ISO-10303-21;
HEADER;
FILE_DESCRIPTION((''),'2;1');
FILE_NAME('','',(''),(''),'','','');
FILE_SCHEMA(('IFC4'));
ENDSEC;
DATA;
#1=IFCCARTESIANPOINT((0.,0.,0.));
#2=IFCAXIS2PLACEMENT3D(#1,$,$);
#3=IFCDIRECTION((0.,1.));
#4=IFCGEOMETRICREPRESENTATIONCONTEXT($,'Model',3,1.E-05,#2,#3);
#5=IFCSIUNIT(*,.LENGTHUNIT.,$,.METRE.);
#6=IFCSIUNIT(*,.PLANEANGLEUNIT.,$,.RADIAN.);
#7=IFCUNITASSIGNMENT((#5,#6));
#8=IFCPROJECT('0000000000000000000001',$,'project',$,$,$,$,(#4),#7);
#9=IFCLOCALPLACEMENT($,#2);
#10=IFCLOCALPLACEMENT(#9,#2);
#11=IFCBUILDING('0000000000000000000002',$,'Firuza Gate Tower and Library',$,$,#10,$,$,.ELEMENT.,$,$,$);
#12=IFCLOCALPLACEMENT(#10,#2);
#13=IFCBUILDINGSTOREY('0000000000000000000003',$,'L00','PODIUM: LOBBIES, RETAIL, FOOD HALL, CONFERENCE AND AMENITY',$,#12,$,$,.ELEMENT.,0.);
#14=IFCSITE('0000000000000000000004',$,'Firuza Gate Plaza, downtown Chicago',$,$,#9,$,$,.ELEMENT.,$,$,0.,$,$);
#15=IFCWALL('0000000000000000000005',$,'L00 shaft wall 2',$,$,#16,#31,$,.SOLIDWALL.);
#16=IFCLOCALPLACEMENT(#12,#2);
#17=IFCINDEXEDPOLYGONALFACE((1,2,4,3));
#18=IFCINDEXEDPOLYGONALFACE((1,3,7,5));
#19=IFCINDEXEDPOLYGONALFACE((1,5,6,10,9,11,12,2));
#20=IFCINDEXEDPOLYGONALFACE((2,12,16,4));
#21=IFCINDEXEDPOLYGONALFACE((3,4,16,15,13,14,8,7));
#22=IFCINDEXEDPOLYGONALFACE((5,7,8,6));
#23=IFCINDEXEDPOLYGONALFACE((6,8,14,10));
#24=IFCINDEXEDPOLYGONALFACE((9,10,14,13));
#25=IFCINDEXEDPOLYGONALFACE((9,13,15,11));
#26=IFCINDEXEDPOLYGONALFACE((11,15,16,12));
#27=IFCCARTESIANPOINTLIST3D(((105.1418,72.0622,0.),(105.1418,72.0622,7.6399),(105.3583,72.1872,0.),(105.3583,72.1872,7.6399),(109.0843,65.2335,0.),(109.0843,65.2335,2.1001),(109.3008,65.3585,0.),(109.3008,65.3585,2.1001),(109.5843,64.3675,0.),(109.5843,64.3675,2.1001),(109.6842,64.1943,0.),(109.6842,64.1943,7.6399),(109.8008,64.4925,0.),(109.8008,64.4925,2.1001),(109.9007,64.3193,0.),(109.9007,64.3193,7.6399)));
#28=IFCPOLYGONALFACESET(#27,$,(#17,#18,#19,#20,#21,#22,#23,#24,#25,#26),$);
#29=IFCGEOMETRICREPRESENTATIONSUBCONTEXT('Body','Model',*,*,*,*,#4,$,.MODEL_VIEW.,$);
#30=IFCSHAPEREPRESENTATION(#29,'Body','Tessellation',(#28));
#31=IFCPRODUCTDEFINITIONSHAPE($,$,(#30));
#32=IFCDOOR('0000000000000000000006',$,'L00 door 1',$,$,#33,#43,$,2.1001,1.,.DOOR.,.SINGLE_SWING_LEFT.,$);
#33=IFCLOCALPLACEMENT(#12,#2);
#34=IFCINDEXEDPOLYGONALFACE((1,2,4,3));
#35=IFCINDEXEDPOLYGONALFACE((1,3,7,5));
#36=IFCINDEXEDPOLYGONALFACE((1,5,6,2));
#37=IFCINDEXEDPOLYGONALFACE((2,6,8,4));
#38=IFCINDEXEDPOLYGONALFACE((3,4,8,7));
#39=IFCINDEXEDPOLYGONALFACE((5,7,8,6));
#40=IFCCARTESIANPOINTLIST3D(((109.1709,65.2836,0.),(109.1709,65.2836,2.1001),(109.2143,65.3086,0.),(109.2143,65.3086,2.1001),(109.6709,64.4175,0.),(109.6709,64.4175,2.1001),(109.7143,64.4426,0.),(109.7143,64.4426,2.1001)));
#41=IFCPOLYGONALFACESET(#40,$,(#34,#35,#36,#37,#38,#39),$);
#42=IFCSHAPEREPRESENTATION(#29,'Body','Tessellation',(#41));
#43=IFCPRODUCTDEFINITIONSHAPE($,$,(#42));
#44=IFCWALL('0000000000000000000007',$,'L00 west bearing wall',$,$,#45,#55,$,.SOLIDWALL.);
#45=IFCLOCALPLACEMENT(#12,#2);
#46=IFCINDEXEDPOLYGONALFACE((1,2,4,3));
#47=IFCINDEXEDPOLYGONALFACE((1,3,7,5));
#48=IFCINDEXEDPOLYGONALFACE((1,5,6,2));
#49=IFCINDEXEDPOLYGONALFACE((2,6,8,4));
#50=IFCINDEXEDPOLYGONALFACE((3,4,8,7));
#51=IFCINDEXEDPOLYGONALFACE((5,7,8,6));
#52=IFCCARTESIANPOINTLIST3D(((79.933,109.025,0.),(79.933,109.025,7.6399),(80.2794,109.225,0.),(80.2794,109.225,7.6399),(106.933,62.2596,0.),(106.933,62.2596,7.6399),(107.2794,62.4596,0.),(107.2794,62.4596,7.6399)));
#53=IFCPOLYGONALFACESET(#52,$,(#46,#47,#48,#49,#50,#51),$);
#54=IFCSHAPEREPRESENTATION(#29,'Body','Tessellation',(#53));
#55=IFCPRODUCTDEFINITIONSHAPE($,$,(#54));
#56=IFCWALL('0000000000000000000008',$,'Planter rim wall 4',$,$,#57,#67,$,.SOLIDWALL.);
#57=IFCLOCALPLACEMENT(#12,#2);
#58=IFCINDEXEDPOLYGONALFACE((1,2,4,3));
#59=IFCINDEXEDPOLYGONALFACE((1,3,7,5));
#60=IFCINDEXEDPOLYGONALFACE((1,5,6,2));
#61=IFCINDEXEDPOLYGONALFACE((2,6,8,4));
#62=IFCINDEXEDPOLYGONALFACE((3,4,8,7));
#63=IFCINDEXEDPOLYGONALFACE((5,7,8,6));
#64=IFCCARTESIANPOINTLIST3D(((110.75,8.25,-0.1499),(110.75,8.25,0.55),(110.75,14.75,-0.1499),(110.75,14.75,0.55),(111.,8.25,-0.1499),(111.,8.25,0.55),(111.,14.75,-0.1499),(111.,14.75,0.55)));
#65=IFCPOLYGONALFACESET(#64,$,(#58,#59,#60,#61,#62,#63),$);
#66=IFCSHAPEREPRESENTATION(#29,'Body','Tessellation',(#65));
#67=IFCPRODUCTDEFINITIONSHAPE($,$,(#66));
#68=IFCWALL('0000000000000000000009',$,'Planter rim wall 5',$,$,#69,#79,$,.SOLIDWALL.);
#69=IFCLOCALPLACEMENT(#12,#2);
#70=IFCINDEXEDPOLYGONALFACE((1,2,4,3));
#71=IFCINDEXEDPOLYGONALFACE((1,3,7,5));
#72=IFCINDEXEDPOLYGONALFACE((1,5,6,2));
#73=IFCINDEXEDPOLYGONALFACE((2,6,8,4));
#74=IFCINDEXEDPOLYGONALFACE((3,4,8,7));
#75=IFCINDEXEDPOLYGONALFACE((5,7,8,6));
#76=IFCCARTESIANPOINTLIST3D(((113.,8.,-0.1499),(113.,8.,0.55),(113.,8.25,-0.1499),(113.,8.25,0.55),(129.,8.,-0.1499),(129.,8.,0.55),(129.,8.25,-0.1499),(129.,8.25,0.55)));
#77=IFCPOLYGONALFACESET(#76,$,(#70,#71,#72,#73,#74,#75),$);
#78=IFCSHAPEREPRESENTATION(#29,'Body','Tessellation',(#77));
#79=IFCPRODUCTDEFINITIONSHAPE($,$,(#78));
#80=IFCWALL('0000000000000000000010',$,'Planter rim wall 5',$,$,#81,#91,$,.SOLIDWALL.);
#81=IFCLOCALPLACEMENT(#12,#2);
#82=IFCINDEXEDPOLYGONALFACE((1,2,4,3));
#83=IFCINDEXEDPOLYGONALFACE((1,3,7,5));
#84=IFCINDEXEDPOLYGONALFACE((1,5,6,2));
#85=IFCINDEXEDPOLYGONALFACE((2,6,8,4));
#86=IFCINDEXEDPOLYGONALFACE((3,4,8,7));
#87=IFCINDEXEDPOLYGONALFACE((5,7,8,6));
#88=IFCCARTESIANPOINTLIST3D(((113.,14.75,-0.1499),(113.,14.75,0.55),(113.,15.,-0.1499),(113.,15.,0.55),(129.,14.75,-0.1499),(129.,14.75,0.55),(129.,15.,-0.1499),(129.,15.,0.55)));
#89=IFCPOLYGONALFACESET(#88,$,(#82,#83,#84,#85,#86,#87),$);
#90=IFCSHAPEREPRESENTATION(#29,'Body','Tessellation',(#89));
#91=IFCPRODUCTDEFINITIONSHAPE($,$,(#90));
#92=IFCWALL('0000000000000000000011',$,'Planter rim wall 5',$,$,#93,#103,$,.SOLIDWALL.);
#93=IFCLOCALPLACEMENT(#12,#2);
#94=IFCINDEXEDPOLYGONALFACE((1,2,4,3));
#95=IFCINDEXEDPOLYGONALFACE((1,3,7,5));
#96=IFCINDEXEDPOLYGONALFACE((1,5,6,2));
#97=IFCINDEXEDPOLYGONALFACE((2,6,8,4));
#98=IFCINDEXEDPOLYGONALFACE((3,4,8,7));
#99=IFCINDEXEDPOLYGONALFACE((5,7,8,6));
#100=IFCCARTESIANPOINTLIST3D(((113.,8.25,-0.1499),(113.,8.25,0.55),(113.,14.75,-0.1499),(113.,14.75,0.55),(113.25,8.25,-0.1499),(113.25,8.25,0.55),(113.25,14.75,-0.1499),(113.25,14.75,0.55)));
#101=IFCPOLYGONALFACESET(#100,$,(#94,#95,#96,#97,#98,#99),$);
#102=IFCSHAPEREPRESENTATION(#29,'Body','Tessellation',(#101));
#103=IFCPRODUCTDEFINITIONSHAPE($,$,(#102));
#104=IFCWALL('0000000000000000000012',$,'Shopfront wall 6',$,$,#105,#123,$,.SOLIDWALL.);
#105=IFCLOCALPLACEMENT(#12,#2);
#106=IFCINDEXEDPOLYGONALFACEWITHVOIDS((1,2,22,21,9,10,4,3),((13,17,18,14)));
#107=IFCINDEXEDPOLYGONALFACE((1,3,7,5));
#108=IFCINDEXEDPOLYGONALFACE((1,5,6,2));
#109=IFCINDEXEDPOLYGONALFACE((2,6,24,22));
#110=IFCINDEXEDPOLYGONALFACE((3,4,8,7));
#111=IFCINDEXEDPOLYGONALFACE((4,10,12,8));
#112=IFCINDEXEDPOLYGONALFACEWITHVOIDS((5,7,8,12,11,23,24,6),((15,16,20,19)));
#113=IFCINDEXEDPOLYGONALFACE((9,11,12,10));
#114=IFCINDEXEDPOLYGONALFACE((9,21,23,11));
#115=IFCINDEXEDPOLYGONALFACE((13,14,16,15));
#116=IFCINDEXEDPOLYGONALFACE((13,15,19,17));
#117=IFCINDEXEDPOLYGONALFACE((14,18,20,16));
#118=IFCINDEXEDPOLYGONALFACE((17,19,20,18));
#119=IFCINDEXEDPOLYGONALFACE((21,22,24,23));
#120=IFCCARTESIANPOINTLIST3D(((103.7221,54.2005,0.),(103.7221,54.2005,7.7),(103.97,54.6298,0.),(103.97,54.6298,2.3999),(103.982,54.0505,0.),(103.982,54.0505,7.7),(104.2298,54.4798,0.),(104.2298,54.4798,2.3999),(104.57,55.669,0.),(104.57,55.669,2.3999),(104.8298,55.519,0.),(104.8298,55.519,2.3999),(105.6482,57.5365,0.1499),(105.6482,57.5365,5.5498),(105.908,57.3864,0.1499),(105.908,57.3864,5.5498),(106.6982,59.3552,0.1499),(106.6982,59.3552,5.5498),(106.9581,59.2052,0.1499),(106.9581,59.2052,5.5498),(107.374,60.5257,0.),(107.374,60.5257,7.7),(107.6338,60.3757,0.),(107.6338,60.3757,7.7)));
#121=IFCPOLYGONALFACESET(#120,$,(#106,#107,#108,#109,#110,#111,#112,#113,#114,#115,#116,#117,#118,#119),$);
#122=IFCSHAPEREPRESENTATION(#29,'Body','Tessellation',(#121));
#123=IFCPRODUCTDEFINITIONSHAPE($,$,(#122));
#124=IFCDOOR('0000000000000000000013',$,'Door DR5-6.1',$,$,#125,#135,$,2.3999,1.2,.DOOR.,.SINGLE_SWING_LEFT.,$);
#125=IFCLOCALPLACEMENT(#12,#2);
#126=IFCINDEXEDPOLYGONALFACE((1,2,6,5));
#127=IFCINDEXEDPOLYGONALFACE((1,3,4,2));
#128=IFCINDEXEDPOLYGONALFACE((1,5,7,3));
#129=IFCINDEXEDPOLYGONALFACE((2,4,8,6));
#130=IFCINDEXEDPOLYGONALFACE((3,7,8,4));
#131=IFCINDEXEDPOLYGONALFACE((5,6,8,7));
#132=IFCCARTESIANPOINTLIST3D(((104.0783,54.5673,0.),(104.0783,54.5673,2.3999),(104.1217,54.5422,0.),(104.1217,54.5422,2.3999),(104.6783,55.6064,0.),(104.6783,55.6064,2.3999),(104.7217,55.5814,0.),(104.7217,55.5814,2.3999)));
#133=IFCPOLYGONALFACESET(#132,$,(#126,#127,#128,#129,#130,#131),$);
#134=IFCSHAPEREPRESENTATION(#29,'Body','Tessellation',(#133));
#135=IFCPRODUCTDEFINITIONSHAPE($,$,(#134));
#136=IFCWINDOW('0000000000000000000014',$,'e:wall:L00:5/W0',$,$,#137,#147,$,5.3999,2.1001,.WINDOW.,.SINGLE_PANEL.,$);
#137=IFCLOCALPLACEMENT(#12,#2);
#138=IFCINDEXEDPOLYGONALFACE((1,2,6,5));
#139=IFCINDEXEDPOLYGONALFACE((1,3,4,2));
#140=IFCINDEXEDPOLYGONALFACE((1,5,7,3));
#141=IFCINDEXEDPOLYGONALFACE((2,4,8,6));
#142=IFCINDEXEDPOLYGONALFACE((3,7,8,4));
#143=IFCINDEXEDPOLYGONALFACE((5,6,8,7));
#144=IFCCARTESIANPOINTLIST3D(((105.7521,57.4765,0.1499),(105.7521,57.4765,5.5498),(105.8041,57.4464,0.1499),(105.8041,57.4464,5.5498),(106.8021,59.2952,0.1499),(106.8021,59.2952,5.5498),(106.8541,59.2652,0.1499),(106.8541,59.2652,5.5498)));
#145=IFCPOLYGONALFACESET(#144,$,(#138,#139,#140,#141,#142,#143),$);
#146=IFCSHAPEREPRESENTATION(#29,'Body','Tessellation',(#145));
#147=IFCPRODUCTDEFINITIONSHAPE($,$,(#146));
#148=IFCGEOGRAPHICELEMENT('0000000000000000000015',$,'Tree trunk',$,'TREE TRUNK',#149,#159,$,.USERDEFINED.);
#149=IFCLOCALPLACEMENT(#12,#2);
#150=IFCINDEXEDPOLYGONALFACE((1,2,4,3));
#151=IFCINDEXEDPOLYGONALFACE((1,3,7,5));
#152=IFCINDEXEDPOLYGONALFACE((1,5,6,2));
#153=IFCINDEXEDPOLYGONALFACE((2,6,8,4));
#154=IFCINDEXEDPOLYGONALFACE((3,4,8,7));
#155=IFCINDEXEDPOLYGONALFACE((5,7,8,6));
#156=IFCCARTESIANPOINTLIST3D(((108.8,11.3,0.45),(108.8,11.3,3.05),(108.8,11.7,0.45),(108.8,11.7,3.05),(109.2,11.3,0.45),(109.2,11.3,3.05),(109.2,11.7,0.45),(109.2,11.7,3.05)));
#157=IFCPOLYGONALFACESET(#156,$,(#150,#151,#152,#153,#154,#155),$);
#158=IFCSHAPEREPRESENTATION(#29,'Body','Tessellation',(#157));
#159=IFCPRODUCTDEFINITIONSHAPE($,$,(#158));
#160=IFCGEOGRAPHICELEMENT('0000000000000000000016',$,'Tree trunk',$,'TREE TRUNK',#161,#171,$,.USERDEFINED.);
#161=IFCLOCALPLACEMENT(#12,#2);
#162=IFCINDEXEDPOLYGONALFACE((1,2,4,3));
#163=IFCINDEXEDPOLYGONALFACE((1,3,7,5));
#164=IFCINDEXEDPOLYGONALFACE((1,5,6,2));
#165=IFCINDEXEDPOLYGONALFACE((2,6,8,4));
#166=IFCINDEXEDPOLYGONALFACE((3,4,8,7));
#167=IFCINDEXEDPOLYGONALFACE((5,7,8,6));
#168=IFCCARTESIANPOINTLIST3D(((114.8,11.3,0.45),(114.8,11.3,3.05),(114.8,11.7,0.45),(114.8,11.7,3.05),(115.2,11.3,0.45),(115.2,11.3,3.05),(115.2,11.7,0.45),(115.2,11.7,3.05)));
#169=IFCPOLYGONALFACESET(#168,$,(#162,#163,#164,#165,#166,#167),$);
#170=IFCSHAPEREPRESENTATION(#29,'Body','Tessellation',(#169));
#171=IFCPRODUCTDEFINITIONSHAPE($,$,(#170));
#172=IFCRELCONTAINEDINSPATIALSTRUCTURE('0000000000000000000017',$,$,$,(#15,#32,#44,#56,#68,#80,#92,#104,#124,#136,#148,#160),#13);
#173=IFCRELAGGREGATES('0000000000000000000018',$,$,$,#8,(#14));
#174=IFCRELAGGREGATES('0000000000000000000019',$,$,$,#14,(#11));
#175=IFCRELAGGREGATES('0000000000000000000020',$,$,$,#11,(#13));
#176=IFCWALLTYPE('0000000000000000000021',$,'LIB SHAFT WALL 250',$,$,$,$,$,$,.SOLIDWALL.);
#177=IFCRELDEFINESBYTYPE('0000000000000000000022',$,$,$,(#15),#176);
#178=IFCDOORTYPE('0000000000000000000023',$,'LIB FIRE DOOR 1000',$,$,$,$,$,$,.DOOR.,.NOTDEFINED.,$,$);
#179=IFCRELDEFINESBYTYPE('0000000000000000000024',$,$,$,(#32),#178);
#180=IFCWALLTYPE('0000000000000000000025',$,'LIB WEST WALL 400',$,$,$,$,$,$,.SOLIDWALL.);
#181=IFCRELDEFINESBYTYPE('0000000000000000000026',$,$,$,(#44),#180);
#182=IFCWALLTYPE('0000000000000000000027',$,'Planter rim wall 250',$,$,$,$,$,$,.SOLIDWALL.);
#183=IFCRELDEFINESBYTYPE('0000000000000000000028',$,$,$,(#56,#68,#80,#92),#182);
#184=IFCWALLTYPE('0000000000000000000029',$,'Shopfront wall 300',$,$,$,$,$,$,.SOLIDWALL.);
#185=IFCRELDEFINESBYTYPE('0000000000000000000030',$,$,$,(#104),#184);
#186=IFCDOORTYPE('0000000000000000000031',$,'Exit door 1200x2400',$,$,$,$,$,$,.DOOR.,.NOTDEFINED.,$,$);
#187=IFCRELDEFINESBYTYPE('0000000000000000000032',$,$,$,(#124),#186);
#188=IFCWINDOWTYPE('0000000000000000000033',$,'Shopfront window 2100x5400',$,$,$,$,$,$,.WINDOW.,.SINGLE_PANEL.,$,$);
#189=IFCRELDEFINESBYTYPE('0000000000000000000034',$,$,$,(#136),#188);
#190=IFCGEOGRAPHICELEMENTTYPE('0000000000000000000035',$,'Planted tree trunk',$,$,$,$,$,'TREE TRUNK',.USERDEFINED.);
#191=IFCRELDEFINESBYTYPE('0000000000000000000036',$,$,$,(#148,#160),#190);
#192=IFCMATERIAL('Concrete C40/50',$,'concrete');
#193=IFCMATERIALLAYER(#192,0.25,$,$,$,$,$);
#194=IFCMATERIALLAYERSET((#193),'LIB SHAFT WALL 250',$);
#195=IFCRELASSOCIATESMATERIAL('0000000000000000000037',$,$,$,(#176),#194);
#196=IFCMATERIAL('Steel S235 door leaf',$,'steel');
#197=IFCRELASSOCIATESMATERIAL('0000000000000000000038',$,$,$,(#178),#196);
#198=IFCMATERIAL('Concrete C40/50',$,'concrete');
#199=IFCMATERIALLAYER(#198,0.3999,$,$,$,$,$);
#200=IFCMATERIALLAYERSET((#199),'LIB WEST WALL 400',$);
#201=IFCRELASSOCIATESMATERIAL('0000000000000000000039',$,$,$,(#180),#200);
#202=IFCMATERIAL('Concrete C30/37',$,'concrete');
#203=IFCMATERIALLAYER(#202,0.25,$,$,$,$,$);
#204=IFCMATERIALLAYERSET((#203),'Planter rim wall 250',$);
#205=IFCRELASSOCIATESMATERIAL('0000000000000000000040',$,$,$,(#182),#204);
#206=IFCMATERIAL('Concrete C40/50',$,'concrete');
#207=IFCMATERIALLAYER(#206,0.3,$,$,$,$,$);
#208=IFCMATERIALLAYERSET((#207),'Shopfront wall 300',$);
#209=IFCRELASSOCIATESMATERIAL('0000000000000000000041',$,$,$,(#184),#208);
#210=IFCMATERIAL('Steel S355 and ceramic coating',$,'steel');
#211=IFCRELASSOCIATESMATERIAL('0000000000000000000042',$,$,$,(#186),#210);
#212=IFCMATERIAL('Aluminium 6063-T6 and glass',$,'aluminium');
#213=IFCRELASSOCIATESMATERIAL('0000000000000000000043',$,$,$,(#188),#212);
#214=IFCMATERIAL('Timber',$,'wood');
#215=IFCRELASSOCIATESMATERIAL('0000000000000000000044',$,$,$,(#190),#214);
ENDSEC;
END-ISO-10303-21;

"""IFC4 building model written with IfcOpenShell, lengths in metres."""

from ifc_helpers import new_model, si_unit, direction, frame, frame_2d, origin, origin_2d, place, context, subcontext, project, spatial, rectangle, extrude, material, layer, layer_set, type_object, element, fill, save


model = new_model("IFC4")

# Units and contexts
model_context = context("Model", 3, precision=1e-05, world=origin(), true_north=direction((0.0, 1.0)))
body_context = subcontext(model_context, "Body", "Model", "MODEL_VIEW")
ifc_project = project(units=[si_unit("LENGTHUNIT", "METRE"), si_unit("PLANEANGLEUNIT", "RADIAN")], contexts=[model_context])

# Site, building, storey
site_placement = place(None, origin())
site = spatial("IfcSite", under=ifc_project, at=site_placement, Name="Firuza Gate Plaza, downtown Chicago", CompositionType="ELEMENT", RefElevation=0.0)
building_placement = place(site_placement, origin())
building = spatial("IfcBuilding", under=site, at=building_placement, Name="Firuza Gate Tower and Library", CompositionType="ELEMENT")
storey_placement = place(building_placement, origin())
storey = spatial("IfcBuildingStorey", under=building, at=storey_placement, Name="L00", Description="PODIUM: LOBBIES, RETAIL, FOOD HALL, CONFERENCE AND AMENITY", CompositionType="ELEMENT", Elevation=0.0)

# Wall, opening, door
ifc_material_1 = material(Name="Concrete C40/50", Category="concrete")
ifc_layer_1 = layer(ifc_material_1, 0.25)
ifc_layer_set_1 = layer_set([ifc_layer_1], Name="LIB SHAFT WALL 250")
wall_type_1 = type_object("IfcWallType", Name="LIB SHAFT WALL 250", PredefinedType="SOLIDWALL", material=ifc_layer_set_1)
wall_1_placement = place(storey_placement, frame((109.7925, 64.2568, 0.0), z_axis=(0.0, 0.0, 1.0), x_axis=(-0.499995, 0.866029, 0.0)))
wall_1 = element("IfcWall", 1, at=wall_1_placement, inside=storey, type_object=wall_type_1, Name="L00 shaft wall 2", PredefinedType="SOLIDWALL", context=body_context, shape_type="SweptSolid", body=[
    extrude(rectangle(XDim=9.085, YDim=0.25, at=frame_2d((4.5425, 0.0))), origin(), (0.0, 0.0, 1.0), 7.6399),
])
opening_1_placement = place(wall_1_placement, frame((0.2, 0.0, 0.0)))
opening_1 = element("IfcOpeningElement", 2, at=opening_1_placement, cuts=wall_1, PredefinedType="OPENING", context=body_context, shape_type="SweptSolid", body=[
    extrude(rectangle(XDim=1.0, YDim=2.1001, at=frame_2d((0.5, 1.05))), frame((0.0, 0.135, 0.0), z_axis=(0.0, -1.0, 0.0), x_axis=(1.0, 0.0, 0.0)), (0.0, 0.0, 1.0), 0.27),
])
ifc_material_2 = material(Name="Steel S235 door leaf", Category="steel")
door_type_1 = type_object("IfcDoorType", Name="LIB FIRE DOOR 1000", OperationType="NOTDEFINED", PredefinedType="DOOR", material=ifc_material_2)
door_1_placement = place(opening_1_placement, origin())
door_1 = element("IfcDoor", 3, at=door_1_placement, inside=storey, type_object=door_type_1, Name="L00 door 1", OperationType="SINGLE_SWING_LEFT", OverallHeight=2.1001, OverallWidth=1.0, PredefinedType="DOOR", context=body_context, shape_type="SweptSolid", body=[
    extrude(rectangle(XDim=1.0, YDim=2.1001, at=frame_2d((0.5, 1.05))), frame((0.0, 0.0249, 0.0), z_axis=(0.0, -1.0, 0.0), x_axis=(1.0, 0.0, 0.0)), (0.0, 0.0, 1.0), 0.05),
])
fill(opening_1, door_1)

# Walls
ifc_material_3 = material(Name="Concrete C40/50", Category="concrete")
ifc_layer_2 = layer(ifc_material_3, 0.3999)
ifc_layer_set_2 = layer_set([ifc_layer_2], Name="LIB WEST WALL 400")
wall_type_2 = type_object("IfcWallType", Name="LIB WEST WALL 400", PredefinedType="SOLIDWALL", material=ifc_layer_set_2)
wall_2_placement = place(storey_placement, frame((107.1062, 62.3596, 0.0), z_axis=(0.0, 0.0, 1.0), x_axis=(-0.5, 0.866025, 0.0)))
element("IfcWall", 4, at=wall_2_placement, inside=storey, type_object=wall_type_2, Name="L00 west bearing wall", PredefinedType="SOLIDWALL", context=body_context, shape_type="SweptSolid", body=[
    extrude(rectangle(XDim=54.0, YDim=0.3999, at=frame_2d((27.0, 0.0))), origin(), (0.0, 0.0, 1.0), 7.6399),
])
ifc_material_4 = material(Name="Concrete C30/37", Category="concrete")
ifc_layer_3 = layer(ifc_material_4, 0.25)
ifc_layer_set_3 = layer_set([ifc_layer_3], Name="Planter rim wall 250")
wall_type_3 = type_object("IfcWallType", Name="Planter rim wall 250", PredefinedType="SOLIDWALL", material=ifc_layer_set_3)
wall_3_placement = place(storey_placement, frame((110.875, 8.25, -0.1499), z_axis=(0.0, 0.0, 1.0), x_axis=(0.0, 1.0, 0.0)))
element("IfcWall", 5, at=wall_3_placement, inside=storey, type_object=wall_type_3, Name="Planter rim wall 4", PredefinedType="SOLIDWALL", context=body_context, shape_type="SweptSolid", body=[
    extrude(rectangle(XDim=6.5, YDim=0.25, at=frame_2d((3.25, 0.0))), origin(), (0.0, 0.0, 1.0), 0.7),
])
for number, where, z_axis, x_axis, name in (
    (6, (113.0, 8.125, -0.1499), (0.0, 0.0, 1.0), (1.0, 0.0, 0.0), "Planter rim wall 5"),
    (7, (113.0, 14.875, -0.1499), (0.0, 0.0, 1.0), (1.0, 0.0, 0.0), "Planter rim wall 5"),
):
    element("IfcWall", number, at=place(storey_placement, frame(where, z_axis=z_axis, x_axis=x_axis)), inside=storey, type_object=wall_type_3, Name=name, PredefinedType="SOLIDWALL", context=body_context, shape_type="SweptSolid", body=[
        extrude(rectangle(XDim=16.0, YDim=0.25, at=frame_2d((8.0, 0.0))), origin(), (0.0, 0.0, 1.0), 0.7),
    ])
wall_4_placement = place(storey_placement, frame((113.125, 8.25, -0.1499), z_axis=(0.0, 0.0, 1.0), x_axis=(0.0, 1.0, 0.0)))
element("IfcWall", 8, at=wall_4_placement, inside=storey, type_object=wall_type_3, Name="Planter rim wall 5", PredefinedType="SOLIDWALL", context=body_context, shape_type="SweptSolid", body=[
    extrude(rectangle(XDim=6.5, YDim=0.25, at=frame_2d((3.25, 0.0))), origin(), (0.0, 0.0, 1.0), 0.7),
])

# Wall, openings, door, window
ifc_material_5 = material(Name="Concrete C40/50", Category="concrete")
ifc_layer_4 = layer(ifc_material_5, 0.3)
ifc_layer_set_4 = layer_set([ifc_layer_4], Name="Shopfront wall 300")
wall_type_4 = type_object("IfcWallType", Name="Shopfront wall 300", PredefinedType="SOLIDWALL", material=ifc_layer_set_4)
wall_5_placement = place(storey_placement, frame((103.8521, 54.1255, 0.0), z_axis=(0.0, 0.0, 1.0), x_axis=(0.5, 0.866025, 0.0)))
wall_5 = element("IfcWall", 9, at=wall_5_placement, inside=storey, type_object=wall_type_4, Name="Shopfront wall 6", PredefinedType="SOLIDWALL", context=body_context, shape_type="SweptSolid", body=[
    extrude(rectangle(XDim=7.3037, YDim=0.3, at=frame_2d((3.6519, 0.0))), origin(), (0.0, 0.0, 1.0), 7.7),
])
opening_2_placement = place(wall_5_placement, frame((0.4956, 0.0, 0.0)))
opening_2 = element("IfcOpeningElement", 10, at=opening_2_placement, cuts=wall_5, PredefinedType="OPENING", context=body_context, shape_type="SweptSolid", body=[
    extrude(rectangle(XDim=1.2, YDim=2.3999, at=frame_2d((0.6001, 1.2))), frame((0.0, 0.1602, 0.0), z_axis=(0.0, -1.0, 0.0), x_axis=(1.0, 0.0, 0.0)), (0.0, 0.0, 1.0), 0.3201),
])
opening_3_placement = place(wall_5_placement, frame((3.8521, 0.0, 0.1499)))
opening_3 = element("IfcOpeningElement", 11, at=opening_3_placement, cuts=wall_5, PredefinedType="OPENING", context=body_context, shape_type="SweptSolid", body=[
    extrude(rectangle(XDim=2.1001, YDim=5.3999, at=frame_2d((1.05, 2.7))), frame((0.0, 0.1602, 0.0), z_axis=(0.0, -1.0, 0.0), x_axis=(1.0, 0.0, 0.0)), (0.0, 0.0, 1.0), 0.3201),
])
ifc_material_6 = material(Name="Steel S355 and ceramic coating", Category="steel")
door_type_2 = type_object("IfcDoorType", Name="Exit door 1200x2400", OperationType="NOTDEFINED", PredefinedType="DOOR", material=ifc_material_6)
door_2_placement = place(opening_2_placement, origin())
door_2 = element("IfcDoor", 12, at=door_2_placement, inside=storey, type_object=door_type_2, Name="Door DR5-6.1", OperationType="SINGLE_SWING_LEFT", OverallHeight=2.3999, OverallWidth=1.2, PredefinedType="DOOR", context=body_context, shape_type="SweptSolid", body=[
    extrude(rectangle(XDim=1.2, YDim=2.3999, at=frame_2d((0.6001, 1.2))), frame((0.0, 0.0249, 0.0), z_axis=(0.0, -1.0, 0.0), x_axis=(1.0, 0.0, 0.0)), (0.0, 0.0, 1.0), 0.05),
])
fill(opening_2, door_2)
ifc_material_7 = material(Name="Aluminium 6063-T6 and glass", Category="aluminium")
window_type = type_object("IfcWindowType", Name="Shopfront window 2100x5400", PartitioningType="SINGLE_PANEL", PredefinedType="WINDOW", material=ifc_material_7)
window_placement = place(opening_3_placement, origin())
window = element("IfcWindow", 13, at=window_placement, inside=storey, type_object=window_type, Name="e:wall:L00:5/W0", OverallHeight=5.3999, OverallWidth=2.1001, PartitioningType="SINGLE_PANEL", PredefinedType="WINDOW", context=body_context, shape_type="SweptSolid", body=[
    extrude(rectangle(XDim=2.1001, YDim=5.3999, at=frame_2d((1.05, 2.7))), frame((0.0, 0.03, 0.0), z_axis=(0.0, -1.0, 0.0), x_axis=(1.0, 0.0, 0.0)), (0.0, 0.0, 1.0), 0.0601),
])
fill(opening_3, window)

# Geographic elements
ifc_material_8 = material(Name="Timber", Category="wood")
geographic_element_type = type_object("IfcGeographicElementType", Name="Planted tree trunk", ElementType="TREE TRUNK", PredefinedType="USERDEFINED", material=ifc_material_8)
for number, where, z_axis, x_axis, name in (
    (14, (109.0, 11.5, 0.45), (0.0, 0.0, 1.0), (1.0, 0.0, 0.0), "Tree trunk"),
    (15, (115.0, 11.5, 0.45), (0.0, 0.0, 1.0), (1.0, 0.0, 0.0), "Tree trunk"),
):
    element("IfcGeographicElement", number, at=place(storey_placement, frame(where, z_axis=z_axis, x_axis=x_axis)), inside=storey, type_object=geographic_element_type, Name=name, ObjectType="TREE TRUNK", PredefinedType="USERDEFINED", context=body_context, shape_type="SweptSolid", body=[
        extrude(rectangle(XDim=0.3999, YDim=0.3999, at=origin_2d()), origin(), (0.0, 0.0, 1.0), 2.6001),
    ])

save(model, "model.ifc")
